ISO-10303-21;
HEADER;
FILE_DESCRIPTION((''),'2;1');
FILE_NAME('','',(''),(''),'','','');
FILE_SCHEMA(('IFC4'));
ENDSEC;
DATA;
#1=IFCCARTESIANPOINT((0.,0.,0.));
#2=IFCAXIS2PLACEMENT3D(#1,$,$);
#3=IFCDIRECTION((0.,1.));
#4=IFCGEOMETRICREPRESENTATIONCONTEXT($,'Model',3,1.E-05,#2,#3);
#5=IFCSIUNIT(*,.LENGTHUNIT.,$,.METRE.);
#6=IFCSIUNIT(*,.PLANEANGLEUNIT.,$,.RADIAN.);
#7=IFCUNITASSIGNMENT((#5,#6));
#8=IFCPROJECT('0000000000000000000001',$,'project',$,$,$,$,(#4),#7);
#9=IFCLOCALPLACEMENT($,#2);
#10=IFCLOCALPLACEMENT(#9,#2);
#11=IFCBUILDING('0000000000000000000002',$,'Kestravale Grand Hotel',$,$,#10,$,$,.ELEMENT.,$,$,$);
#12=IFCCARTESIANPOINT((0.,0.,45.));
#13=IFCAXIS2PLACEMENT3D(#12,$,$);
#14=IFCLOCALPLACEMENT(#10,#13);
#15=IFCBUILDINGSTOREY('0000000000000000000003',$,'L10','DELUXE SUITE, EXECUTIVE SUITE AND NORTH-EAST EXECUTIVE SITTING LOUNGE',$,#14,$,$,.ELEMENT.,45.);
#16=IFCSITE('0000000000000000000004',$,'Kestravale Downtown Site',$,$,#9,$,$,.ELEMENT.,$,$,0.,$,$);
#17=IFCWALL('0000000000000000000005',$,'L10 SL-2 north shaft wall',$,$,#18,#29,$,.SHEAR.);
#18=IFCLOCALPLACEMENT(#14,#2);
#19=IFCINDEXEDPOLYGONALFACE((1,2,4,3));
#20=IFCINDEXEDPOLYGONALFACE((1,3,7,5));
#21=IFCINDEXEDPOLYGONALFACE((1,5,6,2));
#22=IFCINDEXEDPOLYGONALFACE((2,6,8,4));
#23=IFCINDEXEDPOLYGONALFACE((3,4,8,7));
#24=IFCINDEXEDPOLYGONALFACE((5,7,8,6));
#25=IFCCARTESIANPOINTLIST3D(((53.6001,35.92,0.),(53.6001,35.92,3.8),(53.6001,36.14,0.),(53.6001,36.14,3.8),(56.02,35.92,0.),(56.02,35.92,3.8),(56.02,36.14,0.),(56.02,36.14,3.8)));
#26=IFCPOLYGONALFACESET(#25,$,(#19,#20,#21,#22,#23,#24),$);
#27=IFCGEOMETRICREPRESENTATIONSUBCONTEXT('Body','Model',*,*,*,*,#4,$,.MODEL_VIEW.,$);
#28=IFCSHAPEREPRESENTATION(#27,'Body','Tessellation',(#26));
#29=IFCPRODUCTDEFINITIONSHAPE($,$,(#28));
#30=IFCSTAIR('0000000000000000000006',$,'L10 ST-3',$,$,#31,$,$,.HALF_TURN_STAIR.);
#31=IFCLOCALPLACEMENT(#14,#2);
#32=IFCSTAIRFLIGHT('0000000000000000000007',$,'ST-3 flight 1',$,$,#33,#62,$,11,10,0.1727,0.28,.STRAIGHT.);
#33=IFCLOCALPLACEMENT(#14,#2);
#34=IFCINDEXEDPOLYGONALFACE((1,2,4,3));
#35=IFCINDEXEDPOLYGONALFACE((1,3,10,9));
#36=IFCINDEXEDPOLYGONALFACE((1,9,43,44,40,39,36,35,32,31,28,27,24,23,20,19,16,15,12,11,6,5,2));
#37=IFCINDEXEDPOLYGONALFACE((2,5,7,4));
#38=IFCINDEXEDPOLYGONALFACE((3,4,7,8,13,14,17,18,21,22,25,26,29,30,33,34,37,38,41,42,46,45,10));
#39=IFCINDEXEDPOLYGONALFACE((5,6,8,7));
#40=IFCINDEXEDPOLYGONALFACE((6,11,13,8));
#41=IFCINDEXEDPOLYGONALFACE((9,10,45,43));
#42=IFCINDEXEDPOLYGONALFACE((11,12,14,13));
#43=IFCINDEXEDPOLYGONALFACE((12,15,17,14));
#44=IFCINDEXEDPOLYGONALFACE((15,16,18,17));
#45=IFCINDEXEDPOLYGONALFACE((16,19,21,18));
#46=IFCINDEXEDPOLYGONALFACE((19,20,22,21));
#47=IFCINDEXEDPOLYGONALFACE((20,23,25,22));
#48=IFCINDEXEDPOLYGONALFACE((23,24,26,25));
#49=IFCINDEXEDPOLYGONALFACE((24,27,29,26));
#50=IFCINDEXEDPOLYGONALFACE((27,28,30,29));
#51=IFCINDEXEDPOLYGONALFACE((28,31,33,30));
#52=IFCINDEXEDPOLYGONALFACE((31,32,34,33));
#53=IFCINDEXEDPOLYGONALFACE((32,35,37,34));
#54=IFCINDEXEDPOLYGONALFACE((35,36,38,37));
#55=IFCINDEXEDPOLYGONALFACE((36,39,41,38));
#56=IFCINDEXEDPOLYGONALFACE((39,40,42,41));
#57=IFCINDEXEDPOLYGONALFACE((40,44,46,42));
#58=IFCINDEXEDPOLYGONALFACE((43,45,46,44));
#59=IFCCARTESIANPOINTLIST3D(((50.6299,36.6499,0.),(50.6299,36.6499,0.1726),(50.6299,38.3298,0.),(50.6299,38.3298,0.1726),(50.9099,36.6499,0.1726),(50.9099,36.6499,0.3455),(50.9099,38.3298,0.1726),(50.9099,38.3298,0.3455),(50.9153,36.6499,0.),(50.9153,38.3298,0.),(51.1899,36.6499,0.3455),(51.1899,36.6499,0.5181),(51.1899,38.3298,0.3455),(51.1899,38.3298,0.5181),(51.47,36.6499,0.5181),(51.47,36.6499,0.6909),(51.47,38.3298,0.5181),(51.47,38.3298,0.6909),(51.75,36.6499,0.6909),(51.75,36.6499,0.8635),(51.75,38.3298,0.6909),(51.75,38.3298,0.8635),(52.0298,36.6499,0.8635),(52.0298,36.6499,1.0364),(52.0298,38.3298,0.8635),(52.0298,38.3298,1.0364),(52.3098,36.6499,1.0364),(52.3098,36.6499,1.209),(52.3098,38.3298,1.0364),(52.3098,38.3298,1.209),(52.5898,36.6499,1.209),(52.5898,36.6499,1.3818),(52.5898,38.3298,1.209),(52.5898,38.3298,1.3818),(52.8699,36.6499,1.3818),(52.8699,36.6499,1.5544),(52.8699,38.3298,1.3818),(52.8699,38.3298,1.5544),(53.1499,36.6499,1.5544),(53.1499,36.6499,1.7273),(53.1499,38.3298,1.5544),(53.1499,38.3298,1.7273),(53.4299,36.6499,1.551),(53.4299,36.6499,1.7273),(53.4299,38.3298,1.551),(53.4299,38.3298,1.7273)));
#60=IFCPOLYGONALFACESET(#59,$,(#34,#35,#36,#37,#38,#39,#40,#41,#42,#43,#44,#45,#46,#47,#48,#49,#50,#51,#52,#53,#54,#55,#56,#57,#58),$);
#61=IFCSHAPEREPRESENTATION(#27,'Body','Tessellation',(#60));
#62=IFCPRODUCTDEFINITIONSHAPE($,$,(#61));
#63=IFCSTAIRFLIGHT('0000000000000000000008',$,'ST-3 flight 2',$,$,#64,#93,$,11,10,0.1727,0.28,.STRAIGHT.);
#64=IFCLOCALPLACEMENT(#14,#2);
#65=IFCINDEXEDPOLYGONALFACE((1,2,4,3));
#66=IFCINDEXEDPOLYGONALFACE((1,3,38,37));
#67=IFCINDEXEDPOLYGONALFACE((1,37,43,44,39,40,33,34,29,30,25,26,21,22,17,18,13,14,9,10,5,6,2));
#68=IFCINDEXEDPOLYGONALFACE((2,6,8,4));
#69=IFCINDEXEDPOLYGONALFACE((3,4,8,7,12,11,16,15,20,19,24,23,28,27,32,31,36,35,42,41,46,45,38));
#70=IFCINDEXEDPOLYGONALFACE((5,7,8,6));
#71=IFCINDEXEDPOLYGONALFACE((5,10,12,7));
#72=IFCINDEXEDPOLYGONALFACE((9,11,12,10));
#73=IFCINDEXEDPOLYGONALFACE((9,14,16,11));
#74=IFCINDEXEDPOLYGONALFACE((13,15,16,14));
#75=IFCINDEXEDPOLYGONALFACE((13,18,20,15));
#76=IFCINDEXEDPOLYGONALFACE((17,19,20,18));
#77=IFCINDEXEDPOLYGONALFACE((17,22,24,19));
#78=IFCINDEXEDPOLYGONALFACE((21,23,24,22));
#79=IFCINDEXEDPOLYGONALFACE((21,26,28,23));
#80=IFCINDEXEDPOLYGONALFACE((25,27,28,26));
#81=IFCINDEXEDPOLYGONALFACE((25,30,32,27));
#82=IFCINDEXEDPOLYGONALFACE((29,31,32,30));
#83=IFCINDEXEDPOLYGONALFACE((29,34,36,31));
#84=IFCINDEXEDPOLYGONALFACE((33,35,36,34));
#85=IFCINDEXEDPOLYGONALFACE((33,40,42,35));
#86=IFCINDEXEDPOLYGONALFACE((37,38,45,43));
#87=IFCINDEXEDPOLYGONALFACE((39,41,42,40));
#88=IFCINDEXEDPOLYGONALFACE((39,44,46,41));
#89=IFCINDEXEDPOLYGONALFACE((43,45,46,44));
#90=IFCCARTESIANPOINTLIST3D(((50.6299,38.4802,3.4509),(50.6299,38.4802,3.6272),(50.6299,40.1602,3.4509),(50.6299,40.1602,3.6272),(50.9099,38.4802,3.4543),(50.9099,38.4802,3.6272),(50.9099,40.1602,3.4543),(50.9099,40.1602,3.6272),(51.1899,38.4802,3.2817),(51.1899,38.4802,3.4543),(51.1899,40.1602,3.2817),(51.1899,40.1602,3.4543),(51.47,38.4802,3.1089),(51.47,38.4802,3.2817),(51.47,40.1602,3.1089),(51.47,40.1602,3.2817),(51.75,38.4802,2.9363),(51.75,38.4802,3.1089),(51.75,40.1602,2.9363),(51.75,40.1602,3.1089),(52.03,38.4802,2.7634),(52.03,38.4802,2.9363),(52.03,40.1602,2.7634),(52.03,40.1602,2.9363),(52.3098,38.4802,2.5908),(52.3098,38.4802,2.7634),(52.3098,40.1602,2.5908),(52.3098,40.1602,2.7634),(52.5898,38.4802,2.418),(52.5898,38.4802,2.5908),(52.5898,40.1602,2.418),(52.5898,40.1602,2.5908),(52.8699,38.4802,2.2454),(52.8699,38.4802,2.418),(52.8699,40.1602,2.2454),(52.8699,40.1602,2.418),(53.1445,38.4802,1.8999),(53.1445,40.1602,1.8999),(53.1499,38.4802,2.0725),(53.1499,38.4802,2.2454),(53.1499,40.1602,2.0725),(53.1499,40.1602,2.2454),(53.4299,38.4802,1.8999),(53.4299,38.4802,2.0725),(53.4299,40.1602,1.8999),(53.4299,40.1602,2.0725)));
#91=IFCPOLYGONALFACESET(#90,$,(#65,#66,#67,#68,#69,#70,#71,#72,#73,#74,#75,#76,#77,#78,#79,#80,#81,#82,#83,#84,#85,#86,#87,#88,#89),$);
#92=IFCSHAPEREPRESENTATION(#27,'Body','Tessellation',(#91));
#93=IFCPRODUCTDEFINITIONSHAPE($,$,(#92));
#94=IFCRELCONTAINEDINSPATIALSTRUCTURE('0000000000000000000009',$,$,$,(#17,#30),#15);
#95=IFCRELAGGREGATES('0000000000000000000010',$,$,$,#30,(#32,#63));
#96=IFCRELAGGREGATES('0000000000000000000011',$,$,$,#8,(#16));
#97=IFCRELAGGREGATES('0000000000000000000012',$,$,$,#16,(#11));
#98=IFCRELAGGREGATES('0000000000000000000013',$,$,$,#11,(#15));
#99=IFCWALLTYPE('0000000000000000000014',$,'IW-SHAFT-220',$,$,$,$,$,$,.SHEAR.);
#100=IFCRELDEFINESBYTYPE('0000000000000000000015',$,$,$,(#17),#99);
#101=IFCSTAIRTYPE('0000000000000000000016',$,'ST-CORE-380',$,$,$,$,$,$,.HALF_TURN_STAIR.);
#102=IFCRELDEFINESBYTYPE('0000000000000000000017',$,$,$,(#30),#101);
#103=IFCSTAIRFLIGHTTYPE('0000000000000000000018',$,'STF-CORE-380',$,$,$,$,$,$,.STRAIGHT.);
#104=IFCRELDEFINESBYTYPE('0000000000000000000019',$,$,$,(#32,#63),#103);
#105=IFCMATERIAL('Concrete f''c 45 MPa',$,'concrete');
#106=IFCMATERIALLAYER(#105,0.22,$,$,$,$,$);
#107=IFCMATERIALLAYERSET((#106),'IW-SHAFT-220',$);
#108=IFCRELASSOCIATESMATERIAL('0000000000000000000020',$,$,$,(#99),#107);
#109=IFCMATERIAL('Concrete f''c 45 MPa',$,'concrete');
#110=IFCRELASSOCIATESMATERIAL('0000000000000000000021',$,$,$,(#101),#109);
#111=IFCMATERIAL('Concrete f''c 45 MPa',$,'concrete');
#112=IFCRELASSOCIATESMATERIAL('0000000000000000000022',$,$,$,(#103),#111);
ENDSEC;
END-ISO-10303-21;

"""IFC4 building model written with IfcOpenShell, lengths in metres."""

from ifc_helpers import new_model, si_unit, direction, frame, frame_2d, origin, place, context, subcontext, project, spatial, polyline, rectangle, outline, extrude, material, layer, layer_set, type_object, element, aggregate, save


model = new_model("IFC4")

# Units and contexts
model_context = context("Model", 3, precision=1e-05, world=origin(), true_north=direction((0.0, 1.0)))
body_context = subcontext(model_context, "Body", "Model", "MODEL_VIEW")
ifc_project = project(units=[si_unit("LENGTHUNIT", "METRE"), si_unit("PLANEANGLEUNIT", "RADIAN")], contexts=[model_context])

# Site, building, storey
site_placement = place(None, origin())
site = spatial("IfcSite", under=ifc_project, at=site_placement, Name="Kestravale Downtown Site", CompositionType="ELEMENT", RefElevation=0.0)
building_placement = place(site_placement, origin())
building = spatial("IfcBuilding", under=site, at=building_placement, Name="Kestravale Grand Hotel", CompositionType="ELEMENT")
storey_placement = place(building_placement, frame((0.0, 0.0, 45.0)))
storey = spatial("IfcBuildingStorey", under=building, at=storey_placement, Name="L10", Description="DELUXE SUITE, EXECUTIVE SUITE AND NORTH-EAST EXECUTIVE SITTING LOUNGE", CompositionType="ELEMENT", Elevation=45.0)

# Shared definitions
ifc_material_1 = material(Name="Concrete f'c 45 MPa", Category="concrete")
ifc_layer_1 = layer(ifc_material_1, 0.22)
ifc_layer_set_1 = layer_set([ifc_layer_1], Name="IW-SHAFT-220")
wall_type_1 = type_object("IfcWallType", Name="IW-SHAFT-220", PredefinedType="SHEAR", material=ifc_layer_set_1)

# Wall
wall_1_placement = place(storey_placement, frame((53.6001, 36.03, 0.0), z_axis=(0.0, 0.0, 1.0), x_axis=(1.0, 0.0, 0.0)))
element("IfcWall", 1, at=wall_1_placement, inside=storey, type_object=wall_type_1, Name="L10 SL-2 north shaft wall", PredefinedType="SHEAR", context=body_context, shape_type="SweptSolid", body=[
    extrude(rectangle(XDim=2.4199, YDim=0.22, at=frame_2d((1.21, 0.0))), origin(), (0.0, 0.0, 1.0), 3.8),
])

# Stair, stair flights
ifc_material_2 = material(Name="Concrete f'c 45 MPa", Category="concrete")
stair_type = type_object("IfcStairType", Name="ST-CORE-380", PredefinedType="HALF_TURN_STAIR", material=ifc_material_2)
stair_placement = place(storey_placement, origin())
stair = element("IfcStair", 2, at=stair_placement, inside=storey, type_object=stair_type, Name="L10 ST-3", PredefinedType="HALF_TURN_STAIR")
ifc_material_3 = material(Name="Concrete f'c 45 MPa", Category="concrete")
stair_flight_type = type_object("IfcStairFlightType", Name="STF-CORE-380", PredefinedType="STRAIGHT", material=ifc_material_3)
stair_flight_1_placement = place(storey_placement, frame((50.6299, 37.49, 0.0), z_axis=(0.0, 0.0, 1.0), x_axis=(1.0, 0.0, 0.0)))
stair_flight_1 = element("IfcStairFlight", 3, at=stair_flight_1_placement, type_object=stair_flight_type, Name="ST-3 flight 1", NumberOfRisers=11, NumberOfTreads=10, PredefinedType="STRAIGHT", RiserHeight=0.1727, TreadLength=0.28, context=body_context, shape_type="SweptSolid", body=[
    extrude(outline(polyline([(0.0, 0.0), (0.0, 0.1726), (0.28, 0.1726), (0.28, 0.3455), (0.5601, 0.3455), (0.5601, 0.5181), (0.8401, 0.5181), (0.8401, 0.6909), (1.1201, 0.6909), (1.1201, 0.8635), (1.3999, 0.8635), (1.3999, 1.0364), (1.6799, 1.0364), (1.6799, 1.209), (1.96, 1.209), (1.96, 1.3818), (2.24, 1.3818), (2.24, 1.5544), (2.52, 1.5544), (2.52, 1.7273), (2.8, 1.7273), (2.8, 1.8999), (2.8, 1.551), (0.2854, 0.0), (0.0, 0.0)])), frame((0.0, 0.8398, 0.0), z_axis=(0.0, -1.0, 0.0), x_axis=(1.0, 0.0, 0.0)), (0.0, 0.0, 1.0), 1.6799),
])
stair_flight_2_placement = place(storey_placement, frame((53.4299, 39.3201, 1.8999), z_axis=(0.0, 0.0, 1.0), x_axis=(-1.0, 0.0, 0.0)))
stair_flight_2 = element("IfcStairFlight", 4, at=stair_flight_2_placement, type_object=stair_flight_type, Name="ST-3 flight 2", NumberOfRisers=11, NumberOfTreads=10, PredefinedType="STRAIGHT", RiserHeight=0.1727, TreadLength=0.28, context=body_context, shape_type="SweptSolid", body=[
    extrude(outline(polyline([(0.0, 0.0), (0.0, 0.1726), (0.28, 0.1726), (0.28, 0.3455), (0.5601, 0.3455), (0.5601, 0.5181), (0.8401, 0.5181), (0.8401, 0.6909), (1.1201, 0.6909), (1.1201, 0.8635), (1.3999, 0.8635), (1.3999, 1.0364), (1.6799, 1.0364), (1.6799, 1.209), (1.96, 1.209), (1.96, 1.3818), (2.24, 1.3818), (2.24, 1.5544), (2.52, 1.5544), (2.52, 1.7273), (2.8, 1.7273), (2.8, 1.8999), (2.8, 1.551), (0.2854, 0.0), (0.0, 0.0)])), frame((0.0, 0.8398, 0.0), z_axis=(0.0, -1.0, 0.0), x_axis=(1.0, 0.0, 0.0)), (0.0, 0.0, 1.0), 1.6799),
])
aggregate(stair, [stair_flight_1, stair_flight_2])

save(model, "model.ifc")
